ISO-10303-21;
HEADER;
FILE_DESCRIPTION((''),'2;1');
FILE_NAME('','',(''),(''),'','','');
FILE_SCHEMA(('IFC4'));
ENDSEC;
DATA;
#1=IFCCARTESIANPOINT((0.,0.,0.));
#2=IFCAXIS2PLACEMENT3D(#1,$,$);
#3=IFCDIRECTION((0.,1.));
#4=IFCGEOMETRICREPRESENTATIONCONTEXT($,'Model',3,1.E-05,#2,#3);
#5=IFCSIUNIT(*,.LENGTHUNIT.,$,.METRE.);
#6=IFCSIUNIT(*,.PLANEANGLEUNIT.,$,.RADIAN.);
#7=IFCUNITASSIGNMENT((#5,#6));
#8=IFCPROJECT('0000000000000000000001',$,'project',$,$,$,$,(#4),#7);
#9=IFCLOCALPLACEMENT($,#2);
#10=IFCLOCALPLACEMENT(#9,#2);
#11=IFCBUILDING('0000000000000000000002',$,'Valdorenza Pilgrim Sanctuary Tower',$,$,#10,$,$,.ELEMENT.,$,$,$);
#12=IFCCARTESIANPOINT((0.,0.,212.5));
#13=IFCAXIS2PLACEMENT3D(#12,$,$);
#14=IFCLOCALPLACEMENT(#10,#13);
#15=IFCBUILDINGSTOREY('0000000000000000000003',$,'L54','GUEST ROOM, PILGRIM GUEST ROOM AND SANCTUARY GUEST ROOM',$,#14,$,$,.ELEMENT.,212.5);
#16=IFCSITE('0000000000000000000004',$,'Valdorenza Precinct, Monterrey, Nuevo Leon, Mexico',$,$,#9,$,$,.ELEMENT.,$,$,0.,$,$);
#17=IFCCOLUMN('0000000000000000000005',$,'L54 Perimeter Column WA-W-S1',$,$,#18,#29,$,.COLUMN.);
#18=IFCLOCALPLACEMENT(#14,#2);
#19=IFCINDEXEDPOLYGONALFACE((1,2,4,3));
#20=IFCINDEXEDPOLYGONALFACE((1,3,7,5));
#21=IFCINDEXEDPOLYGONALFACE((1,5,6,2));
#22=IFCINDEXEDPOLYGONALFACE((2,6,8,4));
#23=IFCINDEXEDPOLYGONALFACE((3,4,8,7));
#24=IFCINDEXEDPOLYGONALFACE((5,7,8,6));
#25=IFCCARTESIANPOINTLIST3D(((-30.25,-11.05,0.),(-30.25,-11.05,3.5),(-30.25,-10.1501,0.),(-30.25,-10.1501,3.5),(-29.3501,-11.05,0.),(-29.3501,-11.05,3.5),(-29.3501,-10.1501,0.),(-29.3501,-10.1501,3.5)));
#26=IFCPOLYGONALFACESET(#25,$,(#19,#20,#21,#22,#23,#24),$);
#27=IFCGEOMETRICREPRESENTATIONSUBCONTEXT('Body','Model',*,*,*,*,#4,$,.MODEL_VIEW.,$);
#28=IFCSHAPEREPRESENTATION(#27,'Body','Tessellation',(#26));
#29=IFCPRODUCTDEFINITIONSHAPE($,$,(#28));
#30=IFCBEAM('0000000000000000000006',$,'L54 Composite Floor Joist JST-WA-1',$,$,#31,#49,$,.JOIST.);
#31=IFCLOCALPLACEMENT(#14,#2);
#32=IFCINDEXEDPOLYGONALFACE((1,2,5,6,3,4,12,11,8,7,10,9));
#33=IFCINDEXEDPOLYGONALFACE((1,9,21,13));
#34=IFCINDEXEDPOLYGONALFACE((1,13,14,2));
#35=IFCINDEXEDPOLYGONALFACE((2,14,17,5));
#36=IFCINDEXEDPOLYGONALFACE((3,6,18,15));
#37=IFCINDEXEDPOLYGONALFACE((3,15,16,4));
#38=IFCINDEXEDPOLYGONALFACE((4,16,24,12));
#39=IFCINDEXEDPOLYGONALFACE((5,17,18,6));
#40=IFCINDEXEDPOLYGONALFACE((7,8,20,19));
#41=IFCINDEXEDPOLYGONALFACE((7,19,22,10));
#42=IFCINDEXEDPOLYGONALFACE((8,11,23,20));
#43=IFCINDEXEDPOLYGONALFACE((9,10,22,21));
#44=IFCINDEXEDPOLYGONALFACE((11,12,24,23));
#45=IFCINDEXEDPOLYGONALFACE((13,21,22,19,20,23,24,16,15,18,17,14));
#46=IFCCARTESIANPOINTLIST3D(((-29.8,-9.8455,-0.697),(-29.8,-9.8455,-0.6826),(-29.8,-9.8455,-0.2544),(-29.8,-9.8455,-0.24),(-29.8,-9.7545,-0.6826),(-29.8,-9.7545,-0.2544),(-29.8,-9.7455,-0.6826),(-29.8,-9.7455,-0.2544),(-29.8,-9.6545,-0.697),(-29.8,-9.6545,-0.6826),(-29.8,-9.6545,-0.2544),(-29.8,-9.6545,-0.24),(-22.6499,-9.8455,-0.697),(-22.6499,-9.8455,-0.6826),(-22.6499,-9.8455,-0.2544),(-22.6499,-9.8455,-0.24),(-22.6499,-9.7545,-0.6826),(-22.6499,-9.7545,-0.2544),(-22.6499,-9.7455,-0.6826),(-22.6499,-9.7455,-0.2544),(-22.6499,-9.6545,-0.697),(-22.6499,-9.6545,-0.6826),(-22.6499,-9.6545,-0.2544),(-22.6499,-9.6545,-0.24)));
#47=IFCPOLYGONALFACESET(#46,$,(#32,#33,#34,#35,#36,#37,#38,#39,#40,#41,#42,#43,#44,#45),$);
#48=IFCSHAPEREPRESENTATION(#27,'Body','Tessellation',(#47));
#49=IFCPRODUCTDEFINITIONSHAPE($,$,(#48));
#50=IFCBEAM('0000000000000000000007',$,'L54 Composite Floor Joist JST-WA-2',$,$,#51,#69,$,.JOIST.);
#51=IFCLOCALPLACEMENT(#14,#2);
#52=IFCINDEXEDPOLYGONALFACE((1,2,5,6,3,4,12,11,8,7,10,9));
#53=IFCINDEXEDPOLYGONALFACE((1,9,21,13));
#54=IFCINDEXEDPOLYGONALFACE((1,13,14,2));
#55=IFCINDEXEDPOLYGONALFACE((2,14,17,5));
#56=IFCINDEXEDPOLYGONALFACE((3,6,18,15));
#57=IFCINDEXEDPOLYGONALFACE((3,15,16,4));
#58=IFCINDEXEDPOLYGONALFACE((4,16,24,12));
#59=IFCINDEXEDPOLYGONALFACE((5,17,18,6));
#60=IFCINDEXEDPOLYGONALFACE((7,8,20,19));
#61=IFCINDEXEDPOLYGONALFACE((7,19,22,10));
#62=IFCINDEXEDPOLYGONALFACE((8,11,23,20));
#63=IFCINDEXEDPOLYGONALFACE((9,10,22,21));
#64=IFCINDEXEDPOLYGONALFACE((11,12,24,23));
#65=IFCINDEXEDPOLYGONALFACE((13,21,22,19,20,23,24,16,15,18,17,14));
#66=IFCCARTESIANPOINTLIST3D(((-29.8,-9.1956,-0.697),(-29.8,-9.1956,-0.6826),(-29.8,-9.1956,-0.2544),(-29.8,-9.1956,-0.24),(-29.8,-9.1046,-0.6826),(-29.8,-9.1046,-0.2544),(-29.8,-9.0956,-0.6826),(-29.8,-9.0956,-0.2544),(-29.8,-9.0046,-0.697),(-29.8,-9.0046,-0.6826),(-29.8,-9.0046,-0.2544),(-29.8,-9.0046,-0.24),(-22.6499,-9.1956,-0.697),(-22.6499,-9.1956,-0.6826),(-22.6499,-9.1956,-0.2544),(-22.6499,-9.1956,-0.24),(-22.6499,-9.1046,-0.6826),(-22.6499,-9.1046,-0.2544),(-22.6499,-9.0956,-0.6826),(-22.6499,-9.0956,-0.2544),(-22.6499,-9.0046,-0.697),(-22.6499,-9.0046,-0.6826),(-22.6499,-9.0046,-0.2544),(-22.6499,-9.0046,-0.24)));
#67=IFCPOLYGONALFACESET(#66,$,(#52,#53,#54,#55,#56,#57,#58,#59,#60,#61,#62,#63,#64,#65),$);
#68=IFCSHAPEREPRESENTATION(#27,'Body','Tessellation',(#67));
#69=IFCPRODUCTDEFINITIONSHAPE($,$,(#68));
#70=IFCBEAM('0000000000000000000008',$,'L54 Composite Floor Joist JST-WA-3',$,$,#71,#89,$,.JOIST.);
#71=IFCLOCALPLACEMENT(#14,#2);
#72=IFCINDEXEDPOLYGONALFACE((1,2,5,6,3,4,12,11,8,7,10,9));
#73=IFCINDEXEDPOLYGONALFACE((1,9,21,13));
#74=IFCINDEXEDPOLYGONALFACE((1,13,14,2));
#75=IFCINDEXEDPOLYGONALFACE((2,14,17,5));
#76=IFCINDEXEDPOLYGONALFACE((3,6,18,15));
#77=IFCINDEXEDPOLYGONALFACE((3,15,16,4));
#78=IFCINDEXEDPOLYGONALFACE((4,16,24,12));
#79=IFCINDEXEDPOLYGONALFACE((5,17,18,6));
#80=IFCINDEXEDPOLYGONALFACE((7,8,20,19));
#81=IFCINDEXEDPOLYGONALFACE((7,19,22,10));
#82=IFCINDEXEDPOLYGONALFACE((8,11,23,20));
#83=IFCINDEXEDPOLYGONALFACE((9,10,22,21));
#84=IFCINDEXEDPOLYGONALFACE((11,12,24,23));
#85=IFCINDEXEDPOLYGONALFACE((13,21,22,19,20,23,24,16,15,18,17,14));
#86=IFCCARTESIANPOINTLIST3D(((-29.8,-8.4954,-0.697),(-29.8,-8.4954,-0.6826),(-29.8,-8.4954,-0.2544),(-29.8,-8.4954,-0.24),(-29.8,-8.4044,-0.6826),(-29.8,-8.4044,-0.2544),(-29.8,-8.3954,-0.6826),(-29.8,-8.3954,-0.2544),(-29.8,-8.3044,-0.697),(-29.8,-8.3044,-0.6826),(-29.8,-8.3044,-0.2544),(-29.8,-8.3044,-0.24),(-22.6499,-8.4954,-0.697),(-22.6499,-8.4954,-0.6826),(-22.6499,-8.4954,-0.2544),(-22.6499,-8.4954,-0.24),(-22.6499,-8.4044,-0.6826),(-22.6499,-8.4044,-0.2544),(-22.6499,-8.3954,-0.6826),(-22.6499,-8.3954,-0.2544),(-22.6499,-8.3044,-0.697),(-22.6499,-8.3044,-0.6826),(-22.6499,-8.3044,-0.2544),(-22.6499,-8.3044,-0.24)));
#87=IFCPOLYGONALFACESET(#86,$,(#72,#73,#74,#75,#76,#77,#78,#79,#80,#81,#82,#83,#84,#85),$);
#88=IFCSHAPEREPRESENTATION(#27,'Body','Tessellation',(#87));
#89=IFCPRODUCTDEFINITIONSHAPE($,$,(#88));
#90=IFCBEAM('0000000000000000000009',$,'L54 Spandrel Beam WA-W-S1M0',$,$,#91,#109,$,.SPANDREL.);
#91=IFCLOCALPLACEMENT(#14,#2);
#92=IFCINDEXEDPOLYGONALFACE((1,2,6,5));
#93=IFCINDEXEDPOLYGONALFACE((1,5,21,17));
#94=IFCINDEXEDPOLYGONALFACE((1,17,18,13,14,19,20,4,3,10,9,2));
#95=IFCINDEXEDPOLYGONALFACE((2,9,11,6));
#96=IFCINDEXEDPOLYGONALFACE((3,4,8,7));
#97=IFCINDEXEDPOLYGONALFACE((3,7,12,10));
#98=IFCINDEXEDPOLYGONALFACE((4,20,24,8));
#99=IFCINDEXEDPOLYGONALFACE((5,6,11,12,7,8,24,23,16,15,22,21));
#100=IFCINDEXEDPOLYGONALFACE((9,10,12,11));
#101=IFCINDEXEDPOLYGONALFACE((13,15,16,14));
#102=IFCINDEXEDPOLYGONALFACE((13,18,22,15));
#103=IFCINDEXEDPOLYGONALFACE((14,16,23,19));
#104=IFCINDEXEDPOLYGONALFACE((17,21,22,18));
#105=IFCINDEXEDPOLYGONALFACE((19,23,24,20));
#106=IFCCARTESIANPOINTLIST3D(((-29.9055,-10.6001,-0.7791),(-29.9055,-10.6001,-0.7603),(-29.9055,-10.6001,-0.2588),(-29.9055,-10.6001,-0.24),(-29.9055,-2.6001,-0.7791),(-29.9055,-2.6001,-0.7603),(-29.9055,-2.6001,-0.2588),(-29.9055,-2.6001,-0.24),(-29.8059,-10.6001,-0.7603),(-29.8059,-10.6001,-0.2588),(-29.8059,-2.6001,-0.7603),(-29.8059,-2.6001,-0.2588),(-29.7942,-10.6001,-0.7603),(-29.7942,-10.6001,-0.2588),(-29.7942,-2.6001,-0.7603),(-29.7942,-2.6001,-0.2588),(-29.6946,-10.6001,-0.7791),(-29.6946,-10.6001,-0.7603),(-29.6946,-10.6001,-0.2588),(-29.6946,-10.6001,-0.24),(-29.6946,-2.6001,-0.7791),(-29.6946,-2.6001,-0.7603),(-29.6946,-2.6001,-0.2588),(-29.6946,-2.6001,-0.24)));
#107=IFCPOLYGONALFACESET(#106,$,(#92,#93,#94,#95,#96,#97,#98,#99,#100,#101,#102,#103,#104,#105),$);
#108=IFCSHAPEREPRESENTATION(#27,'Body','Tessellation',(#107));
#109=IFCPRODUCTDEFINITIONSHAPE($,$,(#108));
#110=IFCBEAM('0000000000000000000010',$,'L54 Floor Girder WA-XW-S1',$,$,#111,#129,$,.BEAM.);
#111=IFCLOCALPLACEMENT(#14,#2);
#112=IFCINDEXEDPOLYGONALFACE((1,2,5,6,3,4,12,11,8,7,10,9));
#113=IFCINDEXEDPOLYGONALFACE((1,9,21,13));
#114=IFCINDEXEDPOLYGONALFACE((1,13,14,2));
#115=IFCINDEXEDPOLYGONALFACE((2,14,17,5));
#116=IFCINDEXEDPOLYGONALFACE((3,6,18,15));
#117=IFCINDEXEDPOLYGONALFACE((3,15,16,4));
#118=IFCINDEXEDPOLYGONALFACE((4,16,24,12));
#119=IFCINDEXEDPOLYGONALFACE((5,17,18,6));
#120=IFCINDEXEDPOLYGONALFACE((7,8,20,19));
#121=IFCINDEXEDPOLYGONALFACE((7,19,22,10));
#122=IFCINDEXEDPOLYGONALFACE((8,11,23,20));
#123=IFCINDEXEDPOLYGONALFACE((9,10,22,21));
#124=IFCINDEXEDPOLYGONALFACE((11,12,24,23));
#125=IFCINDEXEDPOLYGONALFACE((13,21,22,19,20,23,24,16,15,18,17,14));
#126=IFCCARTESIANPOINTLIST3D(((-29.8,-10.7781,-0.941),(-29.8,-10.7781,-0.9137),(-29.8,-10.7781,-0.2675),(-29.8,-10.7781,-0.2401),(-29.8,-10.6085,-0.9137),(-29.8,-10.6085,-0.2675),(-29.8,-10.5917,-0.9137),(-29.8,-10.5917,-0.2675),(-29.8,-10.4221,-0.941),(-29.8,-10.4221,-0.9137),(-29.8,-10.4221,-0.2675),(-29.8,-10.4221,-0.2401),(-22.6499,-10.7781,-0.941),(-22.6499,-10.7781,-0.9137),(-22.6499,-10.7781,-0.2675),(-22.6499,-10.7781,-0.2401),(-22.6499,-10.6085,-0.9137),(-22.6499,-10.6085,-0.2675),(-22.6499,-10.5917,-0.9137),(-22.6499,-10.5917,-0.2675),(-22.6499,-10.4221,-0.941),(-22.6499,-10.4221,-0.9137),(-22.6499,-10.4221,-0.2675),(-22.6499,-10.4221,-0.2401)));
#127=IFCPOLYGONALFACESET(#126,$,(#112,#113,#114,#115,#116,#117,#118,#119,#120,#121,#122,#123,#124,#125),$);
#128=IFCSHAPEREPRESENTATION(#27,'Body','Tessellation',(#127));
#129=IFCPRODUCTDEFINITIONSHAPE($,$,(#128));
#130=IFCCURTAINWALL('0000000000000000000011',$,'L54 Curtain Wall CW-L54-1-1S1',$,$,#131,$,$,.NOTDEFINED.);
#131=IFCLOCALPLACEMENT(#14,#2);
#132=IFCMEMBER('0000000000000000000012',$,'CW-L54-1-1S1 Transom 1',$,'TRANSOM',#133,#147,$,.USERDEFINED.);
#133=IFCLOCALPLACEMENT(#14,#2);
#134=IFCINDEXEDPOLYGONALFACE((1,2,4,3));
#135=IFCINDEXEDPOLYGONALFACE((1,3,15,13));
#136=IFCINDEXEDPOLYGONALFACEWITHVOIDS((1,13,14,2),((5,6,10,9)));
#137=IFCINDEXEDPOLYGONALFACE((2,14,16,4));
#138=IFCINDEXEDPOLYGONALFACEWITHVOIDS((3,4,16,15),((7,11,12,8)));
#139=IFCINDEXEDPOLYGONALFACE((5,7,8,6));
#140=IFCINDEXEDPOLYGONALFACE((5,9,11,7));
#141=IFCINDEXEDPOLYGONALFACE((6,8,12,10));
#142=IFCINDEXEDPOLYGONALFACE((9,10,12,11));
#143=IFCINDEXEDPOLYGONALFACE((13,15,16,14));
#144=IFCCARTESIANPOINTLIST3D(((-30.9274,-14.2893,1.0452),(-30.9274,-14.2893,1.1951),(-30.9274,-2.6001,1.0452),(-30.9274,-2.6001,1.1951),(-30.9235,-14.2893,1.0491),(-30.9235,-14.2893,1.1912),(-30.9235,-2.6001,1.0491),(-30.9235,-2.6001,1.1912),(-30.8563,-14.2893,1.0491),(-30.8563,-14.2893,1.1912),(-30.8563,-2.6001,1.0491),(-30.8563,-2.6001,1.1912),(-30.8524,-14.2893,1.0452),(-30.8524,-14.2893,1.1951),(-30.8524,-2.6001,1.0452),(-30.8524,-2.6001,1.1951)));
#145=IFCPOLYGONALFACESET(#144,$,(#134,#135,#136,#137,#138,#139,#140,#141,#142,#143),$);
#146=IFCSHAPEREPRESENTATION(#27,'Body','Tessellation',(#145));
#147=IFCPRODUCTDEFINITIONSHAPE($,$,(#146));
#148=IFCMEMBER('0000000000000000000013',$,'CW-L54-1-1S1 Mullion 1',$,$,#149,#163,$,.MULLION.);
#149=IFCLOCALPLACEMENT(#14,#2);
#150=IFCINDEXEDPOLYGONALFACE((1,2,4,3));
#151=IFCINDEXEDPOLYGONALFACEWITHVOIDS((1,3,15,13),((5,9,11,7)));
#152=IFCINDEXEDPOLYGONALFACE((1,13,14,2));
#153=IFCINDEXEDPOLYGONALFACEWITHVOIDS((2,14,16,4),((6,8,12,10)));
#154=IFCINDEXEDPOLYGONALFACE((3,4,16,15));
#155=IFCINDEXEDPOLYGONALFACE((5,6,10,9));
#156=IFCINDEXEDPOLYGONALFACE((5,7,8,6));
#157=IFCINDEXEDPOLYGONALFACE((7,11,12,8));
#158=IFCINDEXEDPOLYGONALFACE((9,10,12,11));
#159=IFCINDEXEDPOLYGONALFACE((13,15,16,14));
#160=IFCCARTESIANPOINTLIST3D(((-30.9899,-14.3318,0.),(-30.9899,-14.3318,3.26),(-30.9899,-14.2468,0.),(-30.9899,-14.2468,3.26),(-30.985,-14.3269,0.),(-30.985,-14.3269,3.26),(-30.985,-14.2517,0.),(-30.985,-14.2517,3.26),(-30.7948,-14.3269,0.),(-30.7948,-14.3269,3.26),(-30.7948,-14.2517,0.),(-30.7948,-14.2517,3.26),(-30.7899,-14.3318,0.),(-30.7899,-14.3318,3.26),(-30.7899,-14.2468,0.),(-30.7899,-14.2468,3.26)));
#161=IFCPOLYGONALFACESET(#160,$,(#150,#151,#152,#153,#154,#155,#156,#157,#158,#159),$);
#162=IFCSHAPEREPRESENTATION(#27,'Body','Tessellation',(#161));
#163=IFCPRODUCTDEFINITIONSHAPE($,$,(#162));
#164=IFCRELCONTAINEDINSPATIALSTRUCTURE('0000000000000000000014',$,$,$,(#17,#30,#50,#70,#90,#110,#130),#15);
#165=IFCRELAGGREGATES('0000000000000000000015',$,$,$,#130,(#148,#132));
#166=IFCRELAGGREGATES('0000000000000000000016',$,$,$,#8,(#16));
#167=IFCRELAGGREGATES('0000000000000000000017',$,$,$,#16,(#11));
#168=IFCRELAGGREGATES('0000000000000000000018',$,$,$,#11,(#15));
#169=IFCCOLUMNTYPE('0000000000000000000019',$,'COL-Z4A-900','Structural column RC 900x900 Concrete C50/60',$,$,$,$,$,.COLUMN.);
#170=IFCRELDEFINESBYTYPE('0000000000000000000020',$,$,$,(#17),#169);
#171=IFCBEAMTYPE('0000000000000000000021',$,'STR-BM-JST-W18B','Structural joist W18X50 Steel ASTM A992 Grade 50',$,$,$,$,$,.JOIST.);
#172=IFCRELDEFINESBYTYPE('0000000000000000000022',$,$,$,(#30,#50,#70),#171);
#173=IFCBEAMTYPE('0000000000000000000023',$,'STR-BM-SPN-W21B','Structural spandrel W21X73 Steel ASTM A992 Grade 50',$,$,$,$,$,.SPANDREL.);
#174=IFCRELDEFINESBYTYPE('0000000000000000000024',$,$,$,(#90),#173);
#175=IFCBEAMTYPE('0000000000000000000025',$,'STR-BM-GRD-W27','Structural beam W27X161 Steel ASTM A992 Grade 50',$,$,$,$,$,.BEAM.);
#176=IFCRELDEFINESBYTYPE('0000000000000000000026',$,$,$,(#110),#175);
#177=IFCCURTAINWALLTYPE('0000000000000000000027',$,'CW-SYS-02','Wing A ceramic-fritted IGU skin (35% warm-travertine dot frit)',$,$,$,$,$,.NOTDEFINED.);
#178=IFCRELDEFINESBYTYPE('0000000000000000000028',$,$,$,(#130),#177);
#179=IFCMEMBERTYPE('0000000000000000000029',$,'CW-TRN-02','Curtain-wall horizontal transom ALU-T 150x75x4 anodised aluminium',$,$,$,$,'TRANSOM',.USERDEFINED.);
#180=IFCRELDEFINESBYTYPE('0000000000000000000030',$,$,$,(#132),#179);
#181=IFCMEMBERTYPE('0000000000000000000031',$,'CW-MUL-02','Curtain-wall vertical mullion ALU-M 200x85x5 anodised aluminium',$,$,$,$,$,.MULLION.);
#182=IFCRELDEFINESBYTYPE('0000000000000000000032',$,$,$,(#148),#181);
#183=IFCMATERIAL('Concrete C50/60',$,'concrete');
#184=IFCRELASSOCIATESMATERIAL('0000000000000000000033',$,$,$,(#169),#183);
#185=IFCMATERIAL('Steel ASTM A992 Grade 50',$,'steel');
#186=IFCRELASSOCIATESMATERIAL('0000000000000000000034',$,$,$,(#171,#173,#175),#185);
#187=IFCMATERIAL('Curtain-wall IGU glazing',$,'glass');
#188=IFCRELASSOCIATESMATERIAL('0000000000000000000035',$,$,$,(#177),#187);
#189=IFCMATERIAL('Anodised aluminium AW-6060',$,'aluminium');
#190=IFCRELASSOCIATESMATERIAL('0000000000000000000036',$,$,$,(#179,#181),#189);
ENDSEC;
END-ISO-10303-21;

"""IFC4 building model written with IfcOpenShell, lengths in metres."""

from ifc_helpers import new_model, si_unit, direction, frame, origin, origin_2d, place, context, subcontext, project, spatial, rectangle, hollow_rectangle, i_section, extrude, source, transform, mapped, material, material_profile, profile_set, type_object, element, aggregate, save


model = new_model("IFC4")

# Units and contexts
model_context = context("Model", 3, precision=1e-05, world=origin(), true_north=direction((0.0, 1.0)))
body_context = subcontext(model_context, "Body", "Model", "MODEL_VIEW")
ifc_project = project(units=[si_unit("LENGTHUNIT", "METRE"), si_unit("PLANEANGLEUNIT", "RADIAN")], contexts=[model_context])

# Site, building, storey
site_placement = place(None, origin())
site = spatial("IfcSite", under=ifc_project, at=site_placement, Name="Valdorenza Precinct, Monterrey, Nuevo Leon, Mexico", CompositionType="ELEMENT", RefElevation=0.0)
building_placement = place(site_placement, origin())
building = spatial("IfcBuilding", under=site, at=building_placement, Name="Valdorenza Pilgrim Sanctuary Tower", CompositionType="ELEMENT")
storey_placement = place(building_placement, frame((0.0, 0.0, 212.5)))
storey = spatial("IfcBuildingStorey", under=building, at=storey_placement, Name="L54", Description="GUEST ROOM, PILGRIM GUEST ROOM AND SANCTUARY GUEST ROOM", CompositionType="ELEMENT", Elevation=212.5)

# Column
ifc_material_1 = material(Name="Concrete C50/60", Category="concrete")
ifc_material_profile_1 = material_profile(ifc_material_1, rectangle(XDim=0.8999, YDim=0.8999, at=origin_2d()), Name="RC 900x900")
ifc_profile_set_1 = profile_set([ifc_material_profile_1], Name="Concrete C50/60")
column_type = type_object("IfcColumnType", Name="COL-Z4A-900", Description="Structural column RC 900x900 Concrete C50/60", PredefinedType="COLUMN", material=ifc_profile_set_1)
shared_shape_1 = source(origin(), body_context, "Body", "SweptSolid", [
    extrude(rectangle(XDim=0.8999, YDim=0.8999, at=origin_2d()), origin(), (0.0, 0.0, 1.0), 3.5),
])
column_placement = place(storey_placement, frame((-29.8, -10.6001, 0.0), z_axis=(0.0, 0.0, 1.0), x_axis=(1.0, 0.0, 0.0)))
element("IfcColumn", 1, at=column_placement, inside=storey, type_object=column_type, Name="L54 Perimeter Column WA-W-S1", PredefinedType="COLUMN", context=body_context, shape_type="MappedRepresentation", body=[
    mapped(shared_shape_1, transform((0.0, 0.0, 0.0), x_axis=(1.0, 0.0, 0.0), y_axis=(0.0, 1.0, 0.0), z_axis=(0.0, 0.0, 1.0), scale=1.0)),
])

# Beams
ifc_material_2 = material(Name="Steel ASTM A992 Grade 50", Category="steel")
ifc_material_profile_2 = material_profile(ifc_material_2, i_section(OverallWidth=0.1909, OverallDepth=0.457, WebThickness=0.009, FlangeThickness=0.0144, at=origin_2d()), Name="W18X50")
ifc_profile_set_2 = profile_set([ifc_material_profile_2], Name="Steel ASTM A992 Grade 50")
beam_type_1 = type_object("IfcBeamType", Name="STR-BM-JST-W18B", Description="Structural joist W18X50 Steel ASTM A992 Grade 50", PredefinedType="JOIST", material=ifc_profile_set_2)
shared_shape_2 = source(origin(), body_context, "Body", "SweptSolid", [
    extrude(i_section(OverallWidth=0.1909, OverallDepth=0.457, WebThickness=0.009, FlangeThickness=0.0144, at=origin_2d()), origin(), (0.0, 0.0, 1.0), 7.1501),
])
for number, where, z_axis, x_axis, name in (
    (2, (-29.8, -9.75, -0.4685), (1.0, 0.0, 0.0), (0.0, 1.0, 0.0), "L54 Composite Floor Joist JST-WA-1"),
    (3, (-29.8, -9.1001, -0.4685), (1.0, 0.0, 0.0), (0.0, 1.0, 0.0), "L54 Composite Floor Joist JST-WA-2"),
    (4, (-29.8, -8.3999, -0.4685), (1.0, 0.0, 0.0), (0.0, 1.0, 0.0), "L54 Composite Floor Joist JST-WA-3"),
):
    element("IfcBeam", number, at=place(storey_placement, frame(where, z_axis=z_axis, x_axis=x_axis)), inside=storey, type_object=beam_type_1, Name=name, PredefinedType="JOIST", context=body_context, shape_type="MappedRepresentation", body=[
        mapped(shared_shape_2, transform((0.0, 0.0, 0.0), x_axis=(1.0, 0.0, 0.0), y_axis=(0.0, 1.0, 0.0), z_axis=(0.0, 0.0, 1.0), scale=1.0)),
    ])
ifc_material_profile_3 = material_profile(ifc_material_2, i_section(OverallWidth=0.2109, OverallDepth=0.5391, WebThickness=0.0117, FlangeThickness=0.0188, at=origin_2d()), Name="W21X73")
ifc_profile_set_3 = profile_set([ifc_material_profile_3], Name="Steel ASTM A992 Grade 50")
beam_type_2 = type_object("IfcBeamType", Name="STR-BM-SPN-W21B", Description="Structural spandrel W21X73 Steel ASTM A992 Grade 50", PredefinedType="SPANDREL", material=ifc_profile_set_3)
shared_shape_3 = source(origin(), body_context, "Body", "SweptSolid", [
    extrude(i_section(OverallWidth=0.2109, OverallDepth=0.5391, WebThickness=0.0117, FlangeThickness=0.0188, at=origin_2d()), origin(), (0.0, 0.0, 1.0), 8.0),
])
beam_1_placement = place(storey_placement, frame((-29.8, -10.6001, -0.5095), z_axis=(0.0, 1.0, 0.0), x_axis=(-1.0, 0.0, 0.0)))
element("IfcBeam", 5, at=beam_1_placement, inside=storey, type_object=beam_type_2, Name="L54 Spandrel Beam WA-W-S1M0", PredefinedType="SPANDREL", context=body_context, shape_type="MappedRepresentation", body=[
    mapped(shared_shape_3, transform((0.0, 0.0, 0.0), x_axis=(1.0, 0.0, 0.0), y_axis=(0.0, 1.0, 0.0), z_axis=(0.0, 0.0, 1.0), scale=1.0)),
])
ifc_material_profile_4 = material_profile(ifc_material_2, i_section(OverallWidth=0.356, OverallDepth=0.7009, WebThickness=0.0168, FlangeThickness=0.0273, at=origin_2d()), Name="W27X161")
ifc_profile_set_4 = profile_set([ifc_material_profile_4], Name="Steel ASTM A992 Grade 50")
beam_type_3 = type_object("IfcBeamType", Name="STR-BM-GRD-W27", Description="Structural beam W27X161 Steel ASTM A992 Grade 50", PredefinedType="BEAM", material=ifc_profile_set_4)
shared_shape_4 = source(origin(), body_context, "Body", "SweptSolid", [
    extrude(i_section(OverallWidth=0.356, OverallDepth=0.7009, WebThickness=0.0168, FlangeThickness=0.0273, at=origin_2d()), origin(), (0.0, 0.0, 1.0), 7.1501),
])
beam_2_placement = place(storey_placement, frame((-29.8, -10.6001, -0.5906), z_axis=(1.0, 0.0, 0.0), x_axis=(0.0, 1.0, 0.0)))
element("IfcBeam", 6, at=beam_2_placement, inside=storey, type_object=beam_type_3, Name="L54 Floor Girder WA-XW-S1", PredefinedType="BEAM", context=body_context, shape_type="MappedRepresentation", body=[
    mapped(shared_shape_4, transform((0.0, 0.0, 0.0), x_axis=(1.0, 0.0, 0.0), y_axis=(0.0, 1.0, 0.0), z_axis=(0.0, 0.0, 1.0), scale=1.0)),
])

# Curtain wall, members
ifc_material_3 = material(Name="Curtain-wall IGU glazing", Category="glass")
curtain_wall_type = type_object("IfcCurtainWallType", Name="CW-SYS-02", Description="Wing A ceramic-fritted IGU skin (35% warm-travertine dot frit)", PredefinedType="NOTDEFINED", material=ifc_material_3)
curtain_wall_placement = place(storey_placement, origin())
curtain_wall = element("IfcCurtainWall", 7, at=curtain_wall_placement, inside=storey, type_object=curtain_wall_type, Name="L54 Curtain Wall CW-L54-1-1S1", PredefinedType="NOTDEFINED")
ifc_material_4 = material(Name="Anodised aluminium AW-6060", Category="aluminium")
ifc_material_profile_5 = material_profile(ifc_material_4, hollow_rectangle(XDim=0.075, YDim=0.1499, WallThickness=0.0039, at=origin_2d()), Name="ALU-T 150x75x4")
ifc_profile_set_5 = profile_set([ifc_material_profile_5], Name="Anodised aluminium AW-6060")
member_type_1 = type_object("IfcMemberType", Name="CW-TRN-02", Description="Curtain-wall horizontal transom ALU-T 150x75x4 anodised aluminium", ElementType="TRANSOM", PredefinedType="USERDEFINED", material=ifc_profile_set_5)
shared_shape_5 = source(origin(), body_context, "Body", "SweptSolid", [
    extrude(hollow_rectangle(XDim=0.075, YDim=0.1499, WallThickness=0.0039, at=origin_2d()), origin(), (0.0, 0.0, 1.0), 11.6892),
])
member_1_placement = place(storey_placement, frame((-30.8899, -14.2893, 1.1201), z_axis=(0.0, 1.0, 0.0), x_axis=(-1.0, 0.0, 0.0)))
member_1 = element("IfcMember", 8, at=member_1_placement, type_object=member_type_1, Name="CW-L54-1-1S1 Transom 1", ObjectType="TRANSOM", PredefinedType="USERDEFINED", context=body_context, shape_type="MappedRepresentation", body=[
    mapped(shared_shape_5, transform((0.0, 0.0, 0.0), x_axis=(1.0, 0.0, 0.0), y_axis=(0.0, 1.0, 0.0), z_axis=(0.0, 0.0, 1.0), scale=1.0)),
])
ifc_material_profile_6 = material_profile(ifc_material_4, hollow_rectangle(XDim=0.085, YDim=0.2, WallThickness=0.0049, at=origin_2d()), Name="ALU-M 200x85x5")
ifc_profile_set_6 = profile_set([ifc_material_profile_6], Name="Anodised aluminium AW-6060")
member_type_2 = type_object("IfcMemberType", Name="CW-MUL-02", Description="Curtain-wall vertical mullion ALU-M 200x85x5 anodised aluminium", PredefinedType="MULLION", material=ifc_profile_set_6)
shared_shape_6 = source(origin(), body_context, "Body", "SweptSolid", [
    extrude(hollow_rectangle(XDim=0.085, YDim=0.2, WallThickness=0.0049, at=origin_2d()), origin(), (0.0, 0.0, 1.0), 3.26),
])
member_2_placement = place(storey_placement, frame((-30.8899, -14.2893, 0.0), z_axis=(0.0, 0.0, 1.0), x_axis=(0.0, 1.0, 0.0)))
member_2 = element("IfcMember", 9, at=member_2_placement, type_object=member_type_2, Name="CW-L54-1-1S1 Mullion 1", PredefinedType="MULLION", context=body_context, shape_type="MappedRepresentation", body=[
    mapped(shared_shape_6, transform((0.0, 0.0, 0.0), x_axis=(1.0, 0.0, 0.0), y_axis=(0.0, 1.0, 0.0), z_axis=(0.0, 0.0, 1.0), scale=1.0)),
])
aggregate(curtain_wall, [member_2, member_1])

save(model, "model.ifc")
